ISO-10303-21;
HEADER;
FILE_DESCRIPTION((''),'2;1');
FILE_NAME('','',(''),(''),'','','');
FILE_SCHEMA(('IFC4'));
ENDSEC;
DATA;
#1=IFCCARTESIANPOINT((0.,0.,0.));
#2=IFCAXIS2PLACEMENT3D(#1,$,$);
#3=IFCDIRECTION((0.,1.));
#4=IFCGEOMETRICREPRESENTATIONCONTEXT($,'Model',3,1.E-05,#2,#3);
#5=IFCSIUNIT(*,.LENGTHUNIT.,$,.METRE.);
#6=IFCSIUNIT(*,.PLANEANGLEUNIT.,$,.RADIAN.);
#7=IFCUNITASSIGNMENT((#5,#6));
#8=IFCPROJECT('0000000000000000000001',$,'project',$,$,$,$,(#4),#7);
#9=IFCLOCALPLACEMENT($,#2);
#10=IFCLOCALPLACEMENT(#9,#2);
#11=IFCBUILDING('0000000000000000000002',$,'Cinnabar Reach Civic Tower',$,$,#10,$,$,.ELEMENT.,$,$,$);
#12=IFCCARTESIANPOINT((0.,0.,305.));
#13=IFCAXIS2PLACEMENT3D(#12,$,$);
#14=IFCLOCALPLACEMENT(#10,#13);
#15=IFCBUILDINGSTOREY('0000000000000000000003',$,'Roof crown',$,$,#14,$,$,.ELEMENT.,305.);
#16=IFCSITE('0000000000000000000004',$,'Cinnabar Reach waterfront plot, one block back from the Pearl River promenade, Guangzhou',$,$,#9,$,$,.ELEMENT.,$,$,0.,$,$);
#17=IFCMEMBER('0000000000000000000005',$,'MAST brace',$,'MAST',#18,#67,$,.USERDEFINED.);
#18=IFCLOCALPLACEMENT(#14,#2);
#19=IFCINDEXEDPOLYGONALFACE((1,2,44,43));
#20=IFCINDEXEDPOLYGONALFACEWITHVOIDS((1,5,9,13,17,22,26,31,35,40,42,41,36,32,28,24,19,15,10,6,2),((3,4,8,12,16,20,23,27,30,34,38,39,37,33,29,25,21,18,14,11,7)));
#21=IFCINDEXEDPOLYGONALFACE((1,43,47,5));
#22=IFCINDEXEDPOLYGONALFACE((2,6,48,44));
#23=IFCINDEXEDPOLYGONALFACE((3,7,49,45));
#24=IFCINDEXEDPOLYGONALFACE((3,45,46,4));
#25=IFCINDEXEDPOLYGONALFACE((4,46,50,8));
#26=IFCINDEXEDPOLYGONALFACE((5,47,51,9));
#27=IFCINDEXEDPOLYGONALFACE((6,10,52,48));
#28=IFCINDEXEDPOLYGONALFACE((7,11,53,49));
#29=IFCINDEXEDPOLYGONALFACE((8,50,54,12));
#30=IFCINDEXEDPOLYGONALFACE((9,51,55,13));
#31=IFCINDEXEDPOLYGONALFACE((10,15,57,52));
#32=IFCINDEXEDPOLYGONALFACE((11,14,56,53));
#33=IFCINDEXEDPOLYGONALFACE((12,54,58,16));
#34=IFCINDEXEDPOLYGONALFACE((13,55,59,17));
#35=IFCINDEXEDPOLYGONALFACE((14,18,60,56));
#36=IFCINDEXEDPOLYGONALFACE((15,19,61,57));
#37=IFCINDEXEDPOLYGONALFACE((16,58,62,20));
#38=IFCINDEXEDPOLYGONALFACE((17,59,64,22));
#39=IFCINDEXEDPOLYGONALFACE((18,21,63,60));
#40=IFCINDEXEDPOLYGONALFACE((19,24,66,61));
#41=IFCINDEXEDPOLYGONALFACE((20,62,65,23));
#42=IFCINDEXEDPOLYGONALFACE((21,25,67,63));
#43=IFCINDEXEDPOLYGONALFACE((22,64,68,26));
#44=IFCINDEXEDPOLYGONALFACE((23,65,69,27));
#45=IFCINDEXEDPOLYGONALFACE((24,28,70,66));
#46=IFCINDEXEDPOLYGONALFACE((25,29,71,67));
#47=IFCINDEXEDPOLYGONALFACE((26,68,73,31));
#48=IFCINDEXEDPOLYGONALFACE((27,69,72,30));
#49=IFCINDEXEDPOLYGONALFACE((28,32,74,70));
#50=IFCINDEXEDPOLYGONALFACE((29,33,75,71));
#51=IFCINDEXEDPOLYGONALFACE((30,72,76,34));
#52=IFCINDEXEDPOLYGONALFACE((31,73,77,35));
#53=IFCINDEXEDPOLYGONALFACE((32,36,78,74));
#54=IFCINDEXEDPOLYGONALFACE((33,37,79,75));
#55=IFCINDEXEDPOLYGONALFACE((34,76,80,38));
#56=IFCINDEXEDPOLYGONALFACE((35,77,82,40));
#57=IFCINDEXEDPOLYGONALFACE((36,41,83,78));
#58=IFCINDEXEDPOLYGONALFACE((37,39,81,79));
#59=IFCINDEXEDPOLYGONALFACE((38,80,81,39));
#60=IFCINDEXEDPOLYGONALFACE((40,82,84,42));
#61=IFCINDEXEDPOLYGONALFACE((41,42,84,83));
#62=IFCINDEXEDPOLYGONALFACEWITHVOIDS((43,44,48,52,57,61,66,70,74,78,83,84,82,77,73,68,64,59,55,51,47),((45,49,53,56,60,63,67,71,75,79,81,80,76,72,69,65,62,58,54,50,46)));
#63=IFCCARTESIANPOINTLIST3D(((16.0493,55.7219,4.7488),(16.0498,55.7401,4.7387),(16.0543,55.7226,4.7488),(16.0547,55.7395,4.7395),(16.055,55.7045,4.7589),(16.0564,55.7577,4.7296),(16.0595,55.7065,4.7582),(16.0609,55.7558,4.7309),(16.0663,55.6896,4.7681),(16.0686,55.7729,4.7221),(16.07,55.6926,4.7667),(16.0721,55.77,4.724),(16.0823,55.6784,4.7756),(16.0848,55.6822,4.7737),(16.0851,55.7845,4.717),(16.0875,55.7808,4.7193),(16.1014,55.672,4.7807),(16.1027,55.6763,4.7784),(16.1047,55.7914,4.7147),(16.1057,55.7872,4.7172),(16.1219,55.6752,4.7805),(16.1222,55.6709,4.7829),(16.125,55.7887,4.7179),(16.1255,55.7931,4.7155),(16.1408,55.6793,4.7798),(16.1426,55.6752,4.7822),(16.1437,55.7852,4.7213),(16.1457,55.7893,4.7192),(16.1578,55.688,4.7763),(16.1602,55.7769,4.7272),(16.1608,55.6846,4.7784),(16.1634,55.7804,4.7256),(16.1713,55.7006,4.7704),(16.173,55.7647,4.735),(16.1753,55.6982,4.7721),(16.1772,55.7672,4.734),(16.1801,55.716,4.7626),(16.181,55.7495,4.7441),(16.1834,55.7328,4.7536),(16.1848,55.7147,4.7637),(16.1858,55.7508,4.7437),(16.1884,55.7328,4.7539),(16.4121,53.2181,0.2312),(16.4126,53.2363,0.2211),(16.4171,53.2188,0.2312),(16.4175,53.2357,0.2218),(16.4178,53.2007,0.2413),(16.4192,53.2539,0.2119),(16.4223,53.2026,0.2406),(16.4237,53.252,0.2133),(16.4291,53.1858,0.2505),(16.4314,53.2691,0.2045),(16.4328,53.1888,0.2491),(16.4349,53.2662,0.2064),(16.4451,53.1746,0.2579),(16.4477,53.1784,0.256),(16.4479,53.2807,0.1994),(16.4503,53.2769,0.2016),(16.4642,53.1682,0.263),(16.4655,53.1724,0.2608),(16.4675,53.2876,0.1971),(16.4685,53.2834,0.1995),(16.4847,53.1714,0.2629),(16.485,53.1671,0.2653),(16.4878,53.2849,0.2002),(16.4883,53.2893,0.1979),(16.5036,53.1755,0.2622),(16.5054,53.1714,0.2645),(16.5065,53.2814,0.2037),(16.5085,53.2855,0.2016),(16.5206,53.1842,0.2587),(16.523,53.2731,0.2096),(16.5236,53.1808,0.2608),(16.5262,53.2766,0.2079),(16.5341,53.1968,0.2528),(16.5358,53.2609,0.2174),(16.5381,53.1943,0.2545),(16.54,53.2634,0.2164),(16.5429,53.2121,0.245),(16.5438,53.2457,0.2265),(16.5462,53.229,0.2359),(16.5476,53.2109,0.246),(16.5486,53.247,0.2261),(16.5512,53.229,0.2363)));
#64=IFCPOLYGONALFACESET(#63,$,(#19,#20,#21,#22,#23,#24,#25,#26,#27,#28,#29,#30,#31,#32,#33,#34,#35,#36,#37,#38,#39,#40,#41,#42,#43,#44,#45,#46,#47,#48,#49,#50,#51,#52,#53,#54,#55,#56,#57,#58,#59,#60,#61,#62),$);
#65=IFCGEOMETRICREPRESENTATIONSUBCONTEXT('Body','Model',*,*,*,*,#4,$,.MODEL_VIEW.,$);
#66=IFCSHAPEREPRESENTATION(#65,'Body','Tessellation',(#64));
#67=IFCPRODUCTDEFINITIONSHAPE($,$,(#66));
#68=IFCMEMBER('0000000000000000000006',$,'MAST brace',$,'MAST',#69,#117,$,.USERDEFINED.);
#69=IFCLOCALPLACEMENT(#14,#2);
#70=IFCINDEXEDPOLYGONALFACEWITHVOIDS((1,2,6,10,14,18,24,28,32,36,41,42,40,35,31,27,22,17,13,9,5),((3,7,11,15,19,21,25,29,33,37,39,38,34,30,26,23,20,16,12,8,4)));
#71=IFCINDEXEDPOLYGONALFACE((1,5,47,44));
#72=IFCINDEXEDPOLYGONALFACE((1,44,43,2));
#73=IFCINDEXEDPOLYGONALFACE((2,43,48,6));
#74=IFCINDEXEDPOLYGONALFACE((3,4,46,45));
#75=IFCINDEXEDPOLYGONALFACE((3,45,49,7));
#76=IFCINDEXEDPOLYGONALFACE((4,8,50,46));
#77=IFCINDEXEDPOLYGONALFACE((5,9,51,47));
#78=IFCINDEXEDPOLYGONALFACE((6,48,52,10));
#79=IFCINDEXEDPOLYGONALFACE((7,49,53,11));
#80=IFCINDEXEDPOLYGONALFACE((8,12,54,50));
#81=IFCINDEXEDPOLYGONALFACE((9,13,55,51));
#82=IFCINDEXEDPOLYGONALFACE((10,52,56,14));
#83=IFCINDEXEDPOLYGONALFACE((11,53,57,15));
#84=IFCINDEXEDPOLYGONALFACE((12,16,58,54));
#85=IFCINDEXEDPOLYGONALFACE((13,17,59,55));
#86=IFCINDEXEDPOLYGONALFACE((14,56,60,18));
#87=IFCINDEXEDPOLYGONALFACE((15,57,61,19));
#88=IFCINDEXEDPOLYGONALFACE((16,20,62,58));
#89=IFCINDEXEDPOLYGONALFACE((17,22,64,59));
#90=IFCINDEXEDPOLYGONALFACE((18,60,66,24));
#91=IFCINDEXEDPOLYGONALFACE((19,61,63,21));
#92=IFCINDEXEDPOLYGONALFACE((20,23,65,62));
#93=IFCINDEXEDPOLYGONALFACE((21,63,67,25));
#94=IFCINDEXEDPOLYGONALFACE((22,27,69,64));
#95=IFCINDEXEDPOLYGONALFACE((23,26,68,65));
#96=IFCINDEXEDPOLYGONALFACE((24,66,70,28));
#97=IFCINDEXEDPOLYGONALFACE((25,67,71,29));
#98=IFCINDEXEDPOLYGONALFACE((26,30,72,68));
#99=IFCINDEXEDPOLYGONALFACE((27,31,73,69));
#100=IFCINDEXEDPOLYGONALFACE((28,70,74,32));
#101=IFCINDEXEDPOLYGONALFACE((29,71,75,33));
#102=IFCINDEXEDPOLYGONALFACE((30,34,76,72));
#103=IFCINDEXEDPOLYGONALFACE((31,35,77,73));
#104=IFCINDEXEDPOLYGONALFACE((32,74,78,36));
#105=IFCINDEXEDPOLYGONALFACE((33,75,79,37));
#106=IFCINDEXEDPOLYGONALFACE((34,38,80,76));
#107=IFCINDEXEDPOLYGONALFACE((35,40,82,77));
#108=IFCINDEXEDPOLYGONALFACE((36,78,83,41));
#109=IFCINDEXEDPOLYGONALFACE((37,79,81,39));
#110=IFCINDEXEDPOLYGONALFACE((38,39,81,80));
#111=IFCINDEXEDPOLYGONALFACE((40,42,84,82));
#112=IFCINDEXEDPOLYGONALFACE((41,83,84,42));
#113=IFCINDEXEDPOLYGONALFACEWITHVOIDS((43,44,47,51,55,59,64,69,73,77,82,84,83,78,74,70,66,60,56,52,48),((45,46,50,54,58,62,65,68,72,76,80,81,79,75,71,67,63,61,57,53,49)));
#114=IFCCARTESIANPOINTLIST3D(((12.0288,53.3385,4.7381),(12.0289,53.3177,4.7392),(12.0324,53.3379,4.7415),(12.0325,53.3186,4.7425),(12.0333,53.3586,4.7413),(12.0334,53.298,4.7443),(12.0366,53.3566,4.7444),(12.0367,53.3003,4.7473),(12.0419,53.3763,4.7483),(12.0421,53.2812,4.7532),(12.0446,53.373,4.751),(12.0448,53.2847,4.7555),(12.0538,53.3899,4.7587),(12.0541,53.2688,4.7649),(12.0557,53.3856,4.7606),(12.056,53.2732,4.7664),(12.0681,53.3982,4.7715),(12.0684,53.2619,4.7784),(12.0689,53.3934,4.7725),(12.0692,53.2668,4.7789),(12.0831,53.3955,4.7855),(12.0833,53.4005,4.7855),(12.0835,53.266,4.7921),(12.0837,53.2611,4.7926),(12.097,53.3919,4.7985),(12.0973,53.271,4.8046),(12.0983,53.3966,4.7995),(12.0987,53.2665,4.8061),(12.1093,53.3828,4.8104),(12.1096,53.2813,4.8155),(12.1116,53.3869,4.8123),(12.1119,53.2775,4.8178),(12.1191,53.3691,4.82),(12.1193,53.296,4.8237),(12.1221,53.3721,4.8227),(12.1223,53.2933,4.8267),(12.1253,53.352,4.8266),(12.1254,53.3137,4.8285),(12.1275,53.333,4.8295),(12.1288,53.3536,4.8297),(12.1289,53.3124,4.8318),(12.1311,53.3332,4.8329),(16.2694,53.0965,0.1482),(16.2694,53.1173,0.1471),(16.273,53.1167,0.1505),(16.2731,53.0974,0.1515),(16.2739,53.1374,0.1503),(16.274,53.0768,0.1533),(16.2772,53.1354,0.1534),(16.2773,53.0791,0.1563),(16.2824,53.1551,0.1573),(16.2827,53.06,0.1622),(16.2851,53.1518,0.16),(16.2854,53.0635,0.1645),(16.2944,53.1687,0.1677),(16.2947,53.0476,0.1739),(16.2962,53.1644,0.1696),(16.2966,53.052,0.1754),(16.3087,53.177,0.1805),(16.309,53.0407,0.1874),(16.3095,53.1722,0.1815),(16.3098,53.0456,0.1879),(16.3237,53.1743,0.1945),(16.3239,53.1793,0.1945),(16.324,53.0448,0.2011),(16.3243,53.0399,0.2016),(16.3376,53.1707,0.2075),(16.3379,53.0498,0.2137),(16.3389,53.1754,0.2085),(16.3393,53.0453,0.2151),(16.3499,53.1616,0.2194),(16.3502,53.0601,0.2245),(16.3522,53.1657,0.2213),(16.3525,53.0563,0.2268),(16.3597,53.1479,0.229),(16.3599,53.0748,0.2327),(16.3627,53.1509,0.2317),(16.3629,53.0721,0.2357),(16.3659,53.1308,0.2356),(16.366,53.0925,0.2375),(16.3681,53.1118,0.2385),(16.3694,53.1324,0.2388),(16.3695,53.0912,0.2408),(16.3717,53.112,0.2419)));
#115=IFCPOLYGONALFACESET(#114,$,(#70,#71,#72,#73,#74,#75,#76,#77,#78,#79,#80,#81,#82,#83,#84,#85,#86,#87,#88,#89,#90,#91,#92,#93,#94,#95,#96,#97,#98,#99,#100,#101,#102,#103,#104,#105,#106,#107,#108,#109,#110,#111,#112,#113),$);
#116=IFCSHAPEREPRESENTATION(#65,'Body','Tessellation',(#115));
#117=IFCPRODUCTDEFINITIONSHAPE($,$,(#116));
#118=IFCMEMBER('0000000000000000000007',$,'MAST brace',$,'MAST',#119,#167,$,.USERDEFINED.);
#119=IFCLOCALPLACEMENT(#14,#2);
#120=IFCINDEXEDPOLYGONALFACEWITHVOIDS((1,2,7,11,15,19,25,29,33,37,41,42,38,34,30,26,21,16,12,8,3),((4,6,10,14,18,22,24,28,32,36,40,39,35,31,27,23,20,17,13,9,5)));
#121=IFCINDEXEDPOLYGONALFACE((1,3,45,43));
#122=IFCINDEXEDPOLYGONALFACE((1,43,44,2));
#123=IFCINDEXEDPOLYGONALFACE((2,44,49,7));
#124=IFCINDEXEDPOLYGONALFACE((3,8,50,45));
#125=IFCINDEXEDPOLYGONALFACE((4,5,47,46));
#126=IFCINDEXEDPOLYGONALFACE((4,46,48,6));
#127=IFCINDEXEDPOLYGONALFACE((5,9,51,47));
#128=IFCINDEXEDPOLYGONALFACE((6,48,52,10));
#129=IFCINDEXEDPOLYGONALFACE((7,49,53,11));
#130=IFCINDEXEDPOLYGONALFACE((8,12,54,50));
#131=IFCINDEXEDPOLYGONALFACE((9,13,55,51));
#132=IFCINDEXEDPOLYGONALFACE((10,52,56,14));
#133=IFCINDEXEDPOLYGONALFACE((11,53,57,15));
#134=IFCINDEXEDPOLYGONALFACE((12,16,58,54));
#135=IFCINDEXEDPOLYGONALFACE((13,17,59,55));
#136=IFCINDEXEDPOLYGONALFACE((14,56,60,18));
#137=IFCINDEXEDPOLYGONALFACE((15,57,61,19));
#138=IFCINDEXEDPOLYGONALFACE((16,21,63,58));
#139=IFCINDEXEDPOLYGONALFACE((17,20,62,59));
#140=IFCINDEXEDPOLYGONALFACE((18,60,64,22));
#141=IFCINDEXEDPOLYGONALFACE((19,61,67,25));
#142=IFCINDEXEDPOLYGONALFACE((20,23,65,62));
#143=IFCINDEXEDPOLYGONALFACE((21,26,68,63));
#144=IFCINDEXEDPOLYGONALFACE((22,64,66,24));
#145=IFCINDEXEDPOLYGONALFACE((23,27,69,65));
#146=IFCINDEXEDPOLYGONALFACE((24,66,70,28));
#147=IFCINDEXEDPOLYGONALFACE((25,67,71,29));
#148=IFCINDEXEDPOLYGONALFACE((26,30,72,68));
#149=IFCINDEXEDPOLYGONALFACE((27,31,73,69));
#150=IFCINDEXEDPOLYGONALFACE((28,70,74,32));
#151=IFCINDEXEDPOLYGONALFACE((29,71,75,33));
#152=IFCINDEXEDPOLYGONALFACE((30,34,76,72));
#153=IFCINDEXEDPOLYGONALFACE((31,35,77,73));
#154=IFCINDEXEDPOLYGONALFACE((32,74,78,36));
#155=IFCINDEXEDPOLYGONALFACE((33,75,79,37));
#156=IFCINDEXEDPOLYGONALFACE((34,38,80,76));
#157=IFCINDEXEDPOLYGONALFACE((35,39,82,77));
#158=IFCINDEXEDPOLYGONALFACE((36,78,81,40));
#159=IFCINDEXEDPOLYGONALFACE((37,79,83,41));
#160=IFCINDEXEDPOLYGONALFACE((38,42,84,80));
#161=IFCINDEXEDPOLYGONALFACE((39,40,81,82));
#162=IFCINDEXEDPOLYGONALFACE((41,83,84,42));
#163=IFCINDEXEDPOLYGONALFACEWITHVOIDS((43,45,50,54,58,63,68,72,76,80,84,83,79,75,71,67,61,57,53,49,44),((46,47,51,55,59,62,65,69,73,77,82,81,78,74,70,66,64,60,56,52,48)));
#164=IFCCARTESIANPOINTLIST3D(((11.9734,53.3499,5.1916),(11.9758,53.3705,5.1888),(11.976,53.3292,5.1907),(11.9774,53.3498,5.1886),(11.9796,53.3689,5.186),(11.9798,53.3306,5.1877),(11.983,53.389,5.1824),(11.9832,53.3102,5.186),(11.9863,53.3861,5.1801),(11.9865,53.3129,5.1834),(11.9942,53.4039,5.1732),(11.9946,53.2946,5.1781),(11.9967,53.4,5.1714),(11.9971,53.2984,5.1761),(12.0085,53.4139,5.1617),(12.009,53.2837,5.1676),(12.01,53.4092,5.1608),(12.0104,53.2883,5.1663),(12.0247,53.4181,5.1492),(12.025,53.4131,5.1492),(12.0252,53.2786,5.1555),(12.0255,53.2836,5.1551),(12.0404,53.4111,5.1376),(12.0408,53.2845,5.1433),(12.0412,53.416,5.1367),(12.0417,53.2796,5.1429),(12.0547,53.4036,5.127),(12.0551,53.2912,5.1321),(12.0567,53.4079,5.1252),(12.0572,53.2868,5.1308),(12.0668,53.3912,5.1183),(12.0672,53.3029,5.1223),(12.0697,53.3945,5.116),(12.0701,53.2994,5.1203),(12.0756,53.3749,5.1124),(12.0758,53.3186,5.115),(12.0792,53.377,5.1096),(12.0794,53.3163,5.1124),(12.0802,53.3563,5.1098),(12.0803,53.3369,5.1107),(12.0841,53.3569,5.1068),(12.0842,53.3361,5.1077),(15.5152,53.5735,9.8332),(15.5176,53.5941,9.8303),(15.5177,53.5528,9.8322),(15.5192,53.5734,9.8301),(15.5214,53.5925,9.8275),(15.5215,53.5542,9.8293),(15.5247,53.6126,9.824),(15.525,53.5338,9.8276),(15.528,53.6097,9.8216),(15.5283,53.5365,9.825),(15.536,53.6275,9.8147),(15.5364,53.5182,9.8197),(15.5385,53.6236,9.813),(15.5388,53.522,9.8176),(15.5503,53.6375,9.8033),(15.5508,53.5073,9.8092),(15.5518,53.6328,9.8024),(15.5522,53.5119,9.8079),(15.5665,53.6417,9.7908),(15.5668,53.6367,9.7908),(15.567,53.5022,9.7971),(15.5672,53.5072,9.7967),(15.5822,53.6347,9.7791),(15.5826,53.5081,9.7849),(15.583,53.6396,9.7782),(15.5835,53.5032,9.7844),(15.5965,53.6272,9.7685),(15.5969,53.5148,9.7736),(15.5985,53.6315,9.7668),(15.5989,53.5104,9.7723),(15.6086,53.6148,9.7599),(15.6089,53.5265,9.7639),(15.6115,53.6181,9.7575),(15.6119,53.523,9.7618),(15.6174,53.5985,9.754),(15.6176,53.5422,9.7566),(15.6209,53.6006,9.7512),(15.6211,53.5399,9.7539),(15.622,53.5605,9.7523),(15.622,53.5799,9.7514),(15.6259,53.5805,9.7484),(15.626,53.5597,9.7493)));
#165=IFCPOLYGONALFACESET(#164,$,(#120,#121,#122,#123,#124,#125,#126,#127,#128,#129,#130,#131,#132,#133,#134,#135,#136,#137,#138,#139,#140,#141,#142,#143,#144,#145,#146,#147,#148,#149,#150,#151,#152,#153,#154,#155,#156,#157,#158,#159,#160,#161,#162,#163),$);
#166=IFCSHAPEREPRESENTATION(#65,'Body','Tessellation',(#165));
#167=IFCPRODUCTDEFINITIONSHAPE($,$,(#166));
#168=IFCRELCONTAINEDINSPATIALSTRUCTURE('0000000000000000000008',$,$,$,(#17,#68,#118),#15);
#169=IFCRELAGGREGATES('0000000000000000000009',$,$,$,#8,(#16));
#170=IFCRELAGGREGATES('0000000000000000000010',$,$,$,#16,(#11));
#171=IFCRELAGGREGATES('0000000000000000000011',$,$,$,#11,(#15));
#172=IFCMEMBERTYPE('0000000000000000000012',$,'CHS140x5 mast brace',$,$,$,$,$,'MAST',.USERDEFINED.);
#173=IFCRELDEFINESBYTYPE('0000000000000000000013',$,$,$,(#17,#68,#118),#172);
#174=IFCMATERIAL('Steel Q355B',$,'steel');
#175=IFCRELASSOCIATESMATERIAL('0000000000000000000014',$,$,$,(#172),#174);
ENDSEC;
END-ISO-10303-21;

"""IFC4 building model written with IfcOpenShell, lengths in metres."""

from ifc_helpers import new_model, si_unit, direction, frame, origin, origin_2d, place, context, subcontext, project, spatial, hollow_circle, extrude, material, material_profile, profile_set, type_object, element, save


model = new_model("IFC4")

# Units and contexts
model_context = context("Model", 3, precision=1e-05, world=origin(), true_north=direction((0.0, 1.0)))
body_context = subcontext(model_context, "Body", "Model", "MODEL_VIEW")
ifc_project = project(units=[si_unit("LENGTHUNIT", "METRE"), si_unit("PLANEANGLEUNIT", "RADIAN")], contexts=[model_context])

# Site, building, storey
site_placement = place(None, origin())
site = spatial("IfcSite", under=ifc_project, at=site_placement, Name="Cinnabar Reach waterfront plot, one block back from the Pearl River promenade, Guangzhou", CompositionType="ELEMENT", RefElevation=0.0)
building_placement = place(site_placement, origin())
building = spatial("IfcBuilding", under=site, at=building_placement, Name="Cinnabar Reach Civic Tower", CompositionType="ELEMENT")
storey_placement = place(building_placement, frame((0.0, 0.0, 305.0)))
storey = spatial("IfcBuildingStorey", under=building, at=storey_placement, Name="Roof crown", CompositionType="ELEMENT", Elevation=305.0)

# Members
ifc_material_1 = material(Name="Steel Q355B", Category="steel")
ifc_material_profile_1 = material_profile(ifc_material_1, hollow_circle(Radius=0.07, WallThickness=0.005, at=origin_2d()), Name="CHS140x5")
ifc_profile_set_1 = profile_set([ifc_material_profile_1], Name="Steel Q355B")
member_type_1 = type_object("IfcMemberType", Name="CHS140x5 mast brace", ElementType="MAST", PredefinedType="USERDEFINED", material=ifc_profile_set_1)
member_1_placement = place(storey_placement, frame((16.4814, 53.2281, 0.2312), z_axis=(-0.070069, 0.483567, 0.872498), x_axis=(-0.989665, -0.143402, 0.0)))
element("IfcMember", 1, at=member_1_placement, inside=storey, type_object=member_type_1, Name="MAST brace", ObjectType="MAST", PredefinedType="USERDEFINED", context=body_context, shape_type="SweptSolid", body=[
    extrude(hollow_circle(Radius=0.07, WallThickness=0.005, at=origin_2d()), origin(), (0.0, 0.0, 1.0), 5.1778),
])
member_2_placement = place(storey_placement, frame((12.0797, 53.3306, 4.7855), z_axis=(0.678093, -0.035371, -0.734124), x_axis=(0.052092, 0.998642, 0.0)))
element("IfcMember", 2, at=member_2_placement, inside=storey, type_object=member_type_1, Name="MAST brace", ObjectType="MAST", PredefinedType="USERDEFINED", context=body_context, shape_type="SweptSolid", body=[
    extrude(hollow_circle(Radius=0.07, WallThickness=0.005, at=origin_2d()), origin(), (0.0, 0.0, 1.0), 6.2537),
])
member_3_placement = place(storey_placement, frame((12.0291, 53.3482, 5.1492), z_axis=(0.606178, 0.038269, 0.794408), x_axis=(-0.063006, 0.998013, 0.0)))
element("IfcMember", 3, at=member_3_placement, inside=storey, type_object=member_type_1, Name="MAST brace", ObjectType="MAST", PredefinedType="USERDEFINED", context=body_context, shape_type="SweptSolid", body=[
    extrude(hollow_circle(Radius=0.07, WallThickness=0.005, at=origin_2d()), origin(), (0.0, 0.0, 1.0), 5.8428),
])

save(model, "model.ifc")
